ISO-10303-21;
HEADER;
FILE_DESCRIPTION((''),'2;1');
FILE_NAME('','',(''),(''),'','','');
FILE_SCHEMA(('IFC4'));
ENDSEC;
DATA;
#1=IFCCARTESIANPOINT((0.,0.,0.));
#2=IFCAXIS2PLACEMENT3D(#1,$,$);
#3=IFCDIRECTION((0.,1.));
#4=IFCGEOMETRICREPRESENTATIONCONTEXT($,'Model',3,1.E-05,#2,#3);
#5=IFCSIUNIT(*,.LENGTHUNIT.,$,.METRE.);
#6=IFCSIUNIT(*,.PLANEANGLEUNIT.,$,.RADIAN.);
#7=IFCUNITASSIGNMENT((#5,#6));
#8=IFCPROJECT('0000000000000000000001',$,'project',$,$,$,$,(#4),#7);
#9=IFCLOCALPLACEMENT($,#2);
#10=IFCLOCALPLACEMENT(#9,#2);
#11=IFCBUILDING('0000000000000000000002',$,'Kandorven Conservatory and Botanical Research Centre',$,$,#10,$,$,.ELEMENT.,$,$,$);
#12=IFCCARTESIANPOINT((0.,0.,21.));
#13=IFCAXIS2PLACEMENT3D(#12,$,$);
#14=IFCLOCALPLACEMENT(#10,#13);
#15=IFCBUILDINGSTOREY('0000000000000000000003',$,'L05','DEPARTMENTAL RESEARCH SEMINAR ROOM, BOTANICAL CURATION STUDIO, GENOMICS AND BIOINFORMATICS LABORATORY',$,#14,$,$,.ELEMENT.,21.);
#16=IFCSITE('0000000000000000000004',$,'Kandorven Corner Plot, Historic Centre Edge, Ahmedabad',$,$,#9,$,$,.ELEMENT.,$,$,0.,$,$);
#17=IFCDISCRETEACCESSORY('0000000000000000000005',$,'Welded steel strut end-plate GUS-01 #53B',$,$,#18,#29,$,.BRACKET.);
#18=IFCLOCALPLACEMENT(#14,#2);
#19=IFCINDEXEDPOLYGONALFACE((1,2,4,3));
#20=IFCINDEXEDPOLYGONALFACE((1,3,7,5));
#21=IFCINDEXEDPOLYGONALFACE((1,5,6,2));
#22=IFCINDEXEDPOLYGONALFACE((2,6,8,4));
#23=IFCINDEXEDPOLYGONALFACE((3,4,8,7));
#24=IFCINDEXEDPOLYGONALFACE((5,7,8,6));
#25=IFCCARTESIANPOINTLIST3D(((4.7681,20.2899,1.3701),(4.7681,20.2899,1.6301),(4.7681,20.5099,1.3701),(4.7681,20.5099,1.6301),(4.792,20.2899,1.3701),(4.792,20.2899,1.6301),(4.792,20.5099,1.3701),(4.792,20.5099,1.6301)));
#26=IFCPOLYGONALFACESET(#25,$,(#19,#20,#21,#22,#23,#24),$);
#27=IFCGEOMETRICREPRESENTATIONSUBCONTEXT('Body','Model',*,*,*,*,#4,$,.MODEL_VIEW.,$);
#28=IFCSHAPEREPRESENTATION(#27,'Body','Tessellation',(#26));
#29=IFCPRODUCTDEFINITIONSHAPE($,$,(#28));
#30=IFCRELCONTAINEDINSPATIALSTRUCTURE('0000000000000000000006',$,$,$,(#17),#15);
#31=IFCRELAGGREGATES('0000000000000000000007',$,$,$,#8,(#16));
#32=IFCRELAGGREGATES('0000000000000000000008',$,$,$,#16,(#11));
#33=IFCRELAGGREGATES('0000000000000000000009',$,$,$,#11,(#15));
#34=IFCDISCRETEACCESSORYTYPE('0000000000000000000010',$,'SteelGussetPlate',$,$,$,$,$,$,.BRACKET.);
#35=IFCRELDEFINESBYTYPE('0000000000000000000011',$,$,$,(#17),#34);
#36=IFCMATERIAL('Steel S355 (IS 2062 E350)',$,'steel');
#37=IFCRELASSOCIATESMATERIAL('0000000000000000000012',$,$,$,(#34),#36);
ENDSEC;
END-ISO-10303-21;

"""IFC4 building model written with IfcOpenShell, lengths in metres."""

from ifc_helpers import new_model, si_unit, direction, frame, origin, origin_2d, place, context, subcontext, project, spatial, rectangle, extrude, material, type_object, element, save


model = new_model("IFC4")

# Units and contexts
model_context = context("Model", 3, precision=1e-05, world=origin(), true_north=direction((0.0, 1.0)))
body_context = subcontext(model_context, "Body", "Model", "MODEL_VIEW")
ifc_project = project(units=[si_unit("LENGTHUNIT", "METRE"), si_unit("PLANEANGLEUNIT", "RADIAN")], contexts=[model_context])

# Site, building, storey
site_placement = place(None, origin())
site = spatial("IfcSite", under=ifc_project, at=site_placement, Name="Kandorven Corner Plot, Historic Centre Edge, Ahmedabad", CompositionType="ELEMENT", RefElevation=0.0)
building_placement = place(site_placement, origin())
building = spatial("IfcBuilding", under=site, at=building_placement, Name="Kandorven Conservatory and Botanical Research Centre", CompositionType="ELEMENT")
storey_placement = place(building_placement, frame((0.0, 0.0, 21.0)))
storey = spatial("IfcBuildingStorey", under=building, at=storey_placement, Name="L05", Description="DEPARTMENTAL RESEARCH SEMINAR ROOM, BOTANICAL CURATION STUDIO, GENOMICS AND BIOINFORMATICS LABORATORY", CompositionType="ELEMENT", Elevation=21.0)

# Discrete accessory
ifc_material_1 = material(Name="Steel S355 (IS 2062 E350)", Category="steel")
discrete_accessory_type_1 = type_object("IfcDiscreteAccessoryType", Name="SteelGussetPlate", PredefinedType="BRACKET", material=ifc_material_1)
for number, where, z_axis, x_axis, name in (
    (1, (4.78, 20.3999, 1.3701), (0.0, 0.0, 1.0), (1.0, 0.0, 0.0), "Welded steel strut end-plate GUS-01 #53B"),
):
    element("IfcDiscreteAccessory", number, at=place(storey_placement, frame(where, z_axis=z_axis, x_axis=x_axis)), inside=storey, type_object=discrete_accessory_type_1, Name=name, PredefinedType="BRACKET", context=body_context, shape_type="SweptSolid", body=[
        extrude(rectangle(XDim=0.0239, YDim=0.22, at=origin_2d()), origin(), (0.0, 0.0, 1.0), 0.26),
    ])

save(model, "model.ifc")
